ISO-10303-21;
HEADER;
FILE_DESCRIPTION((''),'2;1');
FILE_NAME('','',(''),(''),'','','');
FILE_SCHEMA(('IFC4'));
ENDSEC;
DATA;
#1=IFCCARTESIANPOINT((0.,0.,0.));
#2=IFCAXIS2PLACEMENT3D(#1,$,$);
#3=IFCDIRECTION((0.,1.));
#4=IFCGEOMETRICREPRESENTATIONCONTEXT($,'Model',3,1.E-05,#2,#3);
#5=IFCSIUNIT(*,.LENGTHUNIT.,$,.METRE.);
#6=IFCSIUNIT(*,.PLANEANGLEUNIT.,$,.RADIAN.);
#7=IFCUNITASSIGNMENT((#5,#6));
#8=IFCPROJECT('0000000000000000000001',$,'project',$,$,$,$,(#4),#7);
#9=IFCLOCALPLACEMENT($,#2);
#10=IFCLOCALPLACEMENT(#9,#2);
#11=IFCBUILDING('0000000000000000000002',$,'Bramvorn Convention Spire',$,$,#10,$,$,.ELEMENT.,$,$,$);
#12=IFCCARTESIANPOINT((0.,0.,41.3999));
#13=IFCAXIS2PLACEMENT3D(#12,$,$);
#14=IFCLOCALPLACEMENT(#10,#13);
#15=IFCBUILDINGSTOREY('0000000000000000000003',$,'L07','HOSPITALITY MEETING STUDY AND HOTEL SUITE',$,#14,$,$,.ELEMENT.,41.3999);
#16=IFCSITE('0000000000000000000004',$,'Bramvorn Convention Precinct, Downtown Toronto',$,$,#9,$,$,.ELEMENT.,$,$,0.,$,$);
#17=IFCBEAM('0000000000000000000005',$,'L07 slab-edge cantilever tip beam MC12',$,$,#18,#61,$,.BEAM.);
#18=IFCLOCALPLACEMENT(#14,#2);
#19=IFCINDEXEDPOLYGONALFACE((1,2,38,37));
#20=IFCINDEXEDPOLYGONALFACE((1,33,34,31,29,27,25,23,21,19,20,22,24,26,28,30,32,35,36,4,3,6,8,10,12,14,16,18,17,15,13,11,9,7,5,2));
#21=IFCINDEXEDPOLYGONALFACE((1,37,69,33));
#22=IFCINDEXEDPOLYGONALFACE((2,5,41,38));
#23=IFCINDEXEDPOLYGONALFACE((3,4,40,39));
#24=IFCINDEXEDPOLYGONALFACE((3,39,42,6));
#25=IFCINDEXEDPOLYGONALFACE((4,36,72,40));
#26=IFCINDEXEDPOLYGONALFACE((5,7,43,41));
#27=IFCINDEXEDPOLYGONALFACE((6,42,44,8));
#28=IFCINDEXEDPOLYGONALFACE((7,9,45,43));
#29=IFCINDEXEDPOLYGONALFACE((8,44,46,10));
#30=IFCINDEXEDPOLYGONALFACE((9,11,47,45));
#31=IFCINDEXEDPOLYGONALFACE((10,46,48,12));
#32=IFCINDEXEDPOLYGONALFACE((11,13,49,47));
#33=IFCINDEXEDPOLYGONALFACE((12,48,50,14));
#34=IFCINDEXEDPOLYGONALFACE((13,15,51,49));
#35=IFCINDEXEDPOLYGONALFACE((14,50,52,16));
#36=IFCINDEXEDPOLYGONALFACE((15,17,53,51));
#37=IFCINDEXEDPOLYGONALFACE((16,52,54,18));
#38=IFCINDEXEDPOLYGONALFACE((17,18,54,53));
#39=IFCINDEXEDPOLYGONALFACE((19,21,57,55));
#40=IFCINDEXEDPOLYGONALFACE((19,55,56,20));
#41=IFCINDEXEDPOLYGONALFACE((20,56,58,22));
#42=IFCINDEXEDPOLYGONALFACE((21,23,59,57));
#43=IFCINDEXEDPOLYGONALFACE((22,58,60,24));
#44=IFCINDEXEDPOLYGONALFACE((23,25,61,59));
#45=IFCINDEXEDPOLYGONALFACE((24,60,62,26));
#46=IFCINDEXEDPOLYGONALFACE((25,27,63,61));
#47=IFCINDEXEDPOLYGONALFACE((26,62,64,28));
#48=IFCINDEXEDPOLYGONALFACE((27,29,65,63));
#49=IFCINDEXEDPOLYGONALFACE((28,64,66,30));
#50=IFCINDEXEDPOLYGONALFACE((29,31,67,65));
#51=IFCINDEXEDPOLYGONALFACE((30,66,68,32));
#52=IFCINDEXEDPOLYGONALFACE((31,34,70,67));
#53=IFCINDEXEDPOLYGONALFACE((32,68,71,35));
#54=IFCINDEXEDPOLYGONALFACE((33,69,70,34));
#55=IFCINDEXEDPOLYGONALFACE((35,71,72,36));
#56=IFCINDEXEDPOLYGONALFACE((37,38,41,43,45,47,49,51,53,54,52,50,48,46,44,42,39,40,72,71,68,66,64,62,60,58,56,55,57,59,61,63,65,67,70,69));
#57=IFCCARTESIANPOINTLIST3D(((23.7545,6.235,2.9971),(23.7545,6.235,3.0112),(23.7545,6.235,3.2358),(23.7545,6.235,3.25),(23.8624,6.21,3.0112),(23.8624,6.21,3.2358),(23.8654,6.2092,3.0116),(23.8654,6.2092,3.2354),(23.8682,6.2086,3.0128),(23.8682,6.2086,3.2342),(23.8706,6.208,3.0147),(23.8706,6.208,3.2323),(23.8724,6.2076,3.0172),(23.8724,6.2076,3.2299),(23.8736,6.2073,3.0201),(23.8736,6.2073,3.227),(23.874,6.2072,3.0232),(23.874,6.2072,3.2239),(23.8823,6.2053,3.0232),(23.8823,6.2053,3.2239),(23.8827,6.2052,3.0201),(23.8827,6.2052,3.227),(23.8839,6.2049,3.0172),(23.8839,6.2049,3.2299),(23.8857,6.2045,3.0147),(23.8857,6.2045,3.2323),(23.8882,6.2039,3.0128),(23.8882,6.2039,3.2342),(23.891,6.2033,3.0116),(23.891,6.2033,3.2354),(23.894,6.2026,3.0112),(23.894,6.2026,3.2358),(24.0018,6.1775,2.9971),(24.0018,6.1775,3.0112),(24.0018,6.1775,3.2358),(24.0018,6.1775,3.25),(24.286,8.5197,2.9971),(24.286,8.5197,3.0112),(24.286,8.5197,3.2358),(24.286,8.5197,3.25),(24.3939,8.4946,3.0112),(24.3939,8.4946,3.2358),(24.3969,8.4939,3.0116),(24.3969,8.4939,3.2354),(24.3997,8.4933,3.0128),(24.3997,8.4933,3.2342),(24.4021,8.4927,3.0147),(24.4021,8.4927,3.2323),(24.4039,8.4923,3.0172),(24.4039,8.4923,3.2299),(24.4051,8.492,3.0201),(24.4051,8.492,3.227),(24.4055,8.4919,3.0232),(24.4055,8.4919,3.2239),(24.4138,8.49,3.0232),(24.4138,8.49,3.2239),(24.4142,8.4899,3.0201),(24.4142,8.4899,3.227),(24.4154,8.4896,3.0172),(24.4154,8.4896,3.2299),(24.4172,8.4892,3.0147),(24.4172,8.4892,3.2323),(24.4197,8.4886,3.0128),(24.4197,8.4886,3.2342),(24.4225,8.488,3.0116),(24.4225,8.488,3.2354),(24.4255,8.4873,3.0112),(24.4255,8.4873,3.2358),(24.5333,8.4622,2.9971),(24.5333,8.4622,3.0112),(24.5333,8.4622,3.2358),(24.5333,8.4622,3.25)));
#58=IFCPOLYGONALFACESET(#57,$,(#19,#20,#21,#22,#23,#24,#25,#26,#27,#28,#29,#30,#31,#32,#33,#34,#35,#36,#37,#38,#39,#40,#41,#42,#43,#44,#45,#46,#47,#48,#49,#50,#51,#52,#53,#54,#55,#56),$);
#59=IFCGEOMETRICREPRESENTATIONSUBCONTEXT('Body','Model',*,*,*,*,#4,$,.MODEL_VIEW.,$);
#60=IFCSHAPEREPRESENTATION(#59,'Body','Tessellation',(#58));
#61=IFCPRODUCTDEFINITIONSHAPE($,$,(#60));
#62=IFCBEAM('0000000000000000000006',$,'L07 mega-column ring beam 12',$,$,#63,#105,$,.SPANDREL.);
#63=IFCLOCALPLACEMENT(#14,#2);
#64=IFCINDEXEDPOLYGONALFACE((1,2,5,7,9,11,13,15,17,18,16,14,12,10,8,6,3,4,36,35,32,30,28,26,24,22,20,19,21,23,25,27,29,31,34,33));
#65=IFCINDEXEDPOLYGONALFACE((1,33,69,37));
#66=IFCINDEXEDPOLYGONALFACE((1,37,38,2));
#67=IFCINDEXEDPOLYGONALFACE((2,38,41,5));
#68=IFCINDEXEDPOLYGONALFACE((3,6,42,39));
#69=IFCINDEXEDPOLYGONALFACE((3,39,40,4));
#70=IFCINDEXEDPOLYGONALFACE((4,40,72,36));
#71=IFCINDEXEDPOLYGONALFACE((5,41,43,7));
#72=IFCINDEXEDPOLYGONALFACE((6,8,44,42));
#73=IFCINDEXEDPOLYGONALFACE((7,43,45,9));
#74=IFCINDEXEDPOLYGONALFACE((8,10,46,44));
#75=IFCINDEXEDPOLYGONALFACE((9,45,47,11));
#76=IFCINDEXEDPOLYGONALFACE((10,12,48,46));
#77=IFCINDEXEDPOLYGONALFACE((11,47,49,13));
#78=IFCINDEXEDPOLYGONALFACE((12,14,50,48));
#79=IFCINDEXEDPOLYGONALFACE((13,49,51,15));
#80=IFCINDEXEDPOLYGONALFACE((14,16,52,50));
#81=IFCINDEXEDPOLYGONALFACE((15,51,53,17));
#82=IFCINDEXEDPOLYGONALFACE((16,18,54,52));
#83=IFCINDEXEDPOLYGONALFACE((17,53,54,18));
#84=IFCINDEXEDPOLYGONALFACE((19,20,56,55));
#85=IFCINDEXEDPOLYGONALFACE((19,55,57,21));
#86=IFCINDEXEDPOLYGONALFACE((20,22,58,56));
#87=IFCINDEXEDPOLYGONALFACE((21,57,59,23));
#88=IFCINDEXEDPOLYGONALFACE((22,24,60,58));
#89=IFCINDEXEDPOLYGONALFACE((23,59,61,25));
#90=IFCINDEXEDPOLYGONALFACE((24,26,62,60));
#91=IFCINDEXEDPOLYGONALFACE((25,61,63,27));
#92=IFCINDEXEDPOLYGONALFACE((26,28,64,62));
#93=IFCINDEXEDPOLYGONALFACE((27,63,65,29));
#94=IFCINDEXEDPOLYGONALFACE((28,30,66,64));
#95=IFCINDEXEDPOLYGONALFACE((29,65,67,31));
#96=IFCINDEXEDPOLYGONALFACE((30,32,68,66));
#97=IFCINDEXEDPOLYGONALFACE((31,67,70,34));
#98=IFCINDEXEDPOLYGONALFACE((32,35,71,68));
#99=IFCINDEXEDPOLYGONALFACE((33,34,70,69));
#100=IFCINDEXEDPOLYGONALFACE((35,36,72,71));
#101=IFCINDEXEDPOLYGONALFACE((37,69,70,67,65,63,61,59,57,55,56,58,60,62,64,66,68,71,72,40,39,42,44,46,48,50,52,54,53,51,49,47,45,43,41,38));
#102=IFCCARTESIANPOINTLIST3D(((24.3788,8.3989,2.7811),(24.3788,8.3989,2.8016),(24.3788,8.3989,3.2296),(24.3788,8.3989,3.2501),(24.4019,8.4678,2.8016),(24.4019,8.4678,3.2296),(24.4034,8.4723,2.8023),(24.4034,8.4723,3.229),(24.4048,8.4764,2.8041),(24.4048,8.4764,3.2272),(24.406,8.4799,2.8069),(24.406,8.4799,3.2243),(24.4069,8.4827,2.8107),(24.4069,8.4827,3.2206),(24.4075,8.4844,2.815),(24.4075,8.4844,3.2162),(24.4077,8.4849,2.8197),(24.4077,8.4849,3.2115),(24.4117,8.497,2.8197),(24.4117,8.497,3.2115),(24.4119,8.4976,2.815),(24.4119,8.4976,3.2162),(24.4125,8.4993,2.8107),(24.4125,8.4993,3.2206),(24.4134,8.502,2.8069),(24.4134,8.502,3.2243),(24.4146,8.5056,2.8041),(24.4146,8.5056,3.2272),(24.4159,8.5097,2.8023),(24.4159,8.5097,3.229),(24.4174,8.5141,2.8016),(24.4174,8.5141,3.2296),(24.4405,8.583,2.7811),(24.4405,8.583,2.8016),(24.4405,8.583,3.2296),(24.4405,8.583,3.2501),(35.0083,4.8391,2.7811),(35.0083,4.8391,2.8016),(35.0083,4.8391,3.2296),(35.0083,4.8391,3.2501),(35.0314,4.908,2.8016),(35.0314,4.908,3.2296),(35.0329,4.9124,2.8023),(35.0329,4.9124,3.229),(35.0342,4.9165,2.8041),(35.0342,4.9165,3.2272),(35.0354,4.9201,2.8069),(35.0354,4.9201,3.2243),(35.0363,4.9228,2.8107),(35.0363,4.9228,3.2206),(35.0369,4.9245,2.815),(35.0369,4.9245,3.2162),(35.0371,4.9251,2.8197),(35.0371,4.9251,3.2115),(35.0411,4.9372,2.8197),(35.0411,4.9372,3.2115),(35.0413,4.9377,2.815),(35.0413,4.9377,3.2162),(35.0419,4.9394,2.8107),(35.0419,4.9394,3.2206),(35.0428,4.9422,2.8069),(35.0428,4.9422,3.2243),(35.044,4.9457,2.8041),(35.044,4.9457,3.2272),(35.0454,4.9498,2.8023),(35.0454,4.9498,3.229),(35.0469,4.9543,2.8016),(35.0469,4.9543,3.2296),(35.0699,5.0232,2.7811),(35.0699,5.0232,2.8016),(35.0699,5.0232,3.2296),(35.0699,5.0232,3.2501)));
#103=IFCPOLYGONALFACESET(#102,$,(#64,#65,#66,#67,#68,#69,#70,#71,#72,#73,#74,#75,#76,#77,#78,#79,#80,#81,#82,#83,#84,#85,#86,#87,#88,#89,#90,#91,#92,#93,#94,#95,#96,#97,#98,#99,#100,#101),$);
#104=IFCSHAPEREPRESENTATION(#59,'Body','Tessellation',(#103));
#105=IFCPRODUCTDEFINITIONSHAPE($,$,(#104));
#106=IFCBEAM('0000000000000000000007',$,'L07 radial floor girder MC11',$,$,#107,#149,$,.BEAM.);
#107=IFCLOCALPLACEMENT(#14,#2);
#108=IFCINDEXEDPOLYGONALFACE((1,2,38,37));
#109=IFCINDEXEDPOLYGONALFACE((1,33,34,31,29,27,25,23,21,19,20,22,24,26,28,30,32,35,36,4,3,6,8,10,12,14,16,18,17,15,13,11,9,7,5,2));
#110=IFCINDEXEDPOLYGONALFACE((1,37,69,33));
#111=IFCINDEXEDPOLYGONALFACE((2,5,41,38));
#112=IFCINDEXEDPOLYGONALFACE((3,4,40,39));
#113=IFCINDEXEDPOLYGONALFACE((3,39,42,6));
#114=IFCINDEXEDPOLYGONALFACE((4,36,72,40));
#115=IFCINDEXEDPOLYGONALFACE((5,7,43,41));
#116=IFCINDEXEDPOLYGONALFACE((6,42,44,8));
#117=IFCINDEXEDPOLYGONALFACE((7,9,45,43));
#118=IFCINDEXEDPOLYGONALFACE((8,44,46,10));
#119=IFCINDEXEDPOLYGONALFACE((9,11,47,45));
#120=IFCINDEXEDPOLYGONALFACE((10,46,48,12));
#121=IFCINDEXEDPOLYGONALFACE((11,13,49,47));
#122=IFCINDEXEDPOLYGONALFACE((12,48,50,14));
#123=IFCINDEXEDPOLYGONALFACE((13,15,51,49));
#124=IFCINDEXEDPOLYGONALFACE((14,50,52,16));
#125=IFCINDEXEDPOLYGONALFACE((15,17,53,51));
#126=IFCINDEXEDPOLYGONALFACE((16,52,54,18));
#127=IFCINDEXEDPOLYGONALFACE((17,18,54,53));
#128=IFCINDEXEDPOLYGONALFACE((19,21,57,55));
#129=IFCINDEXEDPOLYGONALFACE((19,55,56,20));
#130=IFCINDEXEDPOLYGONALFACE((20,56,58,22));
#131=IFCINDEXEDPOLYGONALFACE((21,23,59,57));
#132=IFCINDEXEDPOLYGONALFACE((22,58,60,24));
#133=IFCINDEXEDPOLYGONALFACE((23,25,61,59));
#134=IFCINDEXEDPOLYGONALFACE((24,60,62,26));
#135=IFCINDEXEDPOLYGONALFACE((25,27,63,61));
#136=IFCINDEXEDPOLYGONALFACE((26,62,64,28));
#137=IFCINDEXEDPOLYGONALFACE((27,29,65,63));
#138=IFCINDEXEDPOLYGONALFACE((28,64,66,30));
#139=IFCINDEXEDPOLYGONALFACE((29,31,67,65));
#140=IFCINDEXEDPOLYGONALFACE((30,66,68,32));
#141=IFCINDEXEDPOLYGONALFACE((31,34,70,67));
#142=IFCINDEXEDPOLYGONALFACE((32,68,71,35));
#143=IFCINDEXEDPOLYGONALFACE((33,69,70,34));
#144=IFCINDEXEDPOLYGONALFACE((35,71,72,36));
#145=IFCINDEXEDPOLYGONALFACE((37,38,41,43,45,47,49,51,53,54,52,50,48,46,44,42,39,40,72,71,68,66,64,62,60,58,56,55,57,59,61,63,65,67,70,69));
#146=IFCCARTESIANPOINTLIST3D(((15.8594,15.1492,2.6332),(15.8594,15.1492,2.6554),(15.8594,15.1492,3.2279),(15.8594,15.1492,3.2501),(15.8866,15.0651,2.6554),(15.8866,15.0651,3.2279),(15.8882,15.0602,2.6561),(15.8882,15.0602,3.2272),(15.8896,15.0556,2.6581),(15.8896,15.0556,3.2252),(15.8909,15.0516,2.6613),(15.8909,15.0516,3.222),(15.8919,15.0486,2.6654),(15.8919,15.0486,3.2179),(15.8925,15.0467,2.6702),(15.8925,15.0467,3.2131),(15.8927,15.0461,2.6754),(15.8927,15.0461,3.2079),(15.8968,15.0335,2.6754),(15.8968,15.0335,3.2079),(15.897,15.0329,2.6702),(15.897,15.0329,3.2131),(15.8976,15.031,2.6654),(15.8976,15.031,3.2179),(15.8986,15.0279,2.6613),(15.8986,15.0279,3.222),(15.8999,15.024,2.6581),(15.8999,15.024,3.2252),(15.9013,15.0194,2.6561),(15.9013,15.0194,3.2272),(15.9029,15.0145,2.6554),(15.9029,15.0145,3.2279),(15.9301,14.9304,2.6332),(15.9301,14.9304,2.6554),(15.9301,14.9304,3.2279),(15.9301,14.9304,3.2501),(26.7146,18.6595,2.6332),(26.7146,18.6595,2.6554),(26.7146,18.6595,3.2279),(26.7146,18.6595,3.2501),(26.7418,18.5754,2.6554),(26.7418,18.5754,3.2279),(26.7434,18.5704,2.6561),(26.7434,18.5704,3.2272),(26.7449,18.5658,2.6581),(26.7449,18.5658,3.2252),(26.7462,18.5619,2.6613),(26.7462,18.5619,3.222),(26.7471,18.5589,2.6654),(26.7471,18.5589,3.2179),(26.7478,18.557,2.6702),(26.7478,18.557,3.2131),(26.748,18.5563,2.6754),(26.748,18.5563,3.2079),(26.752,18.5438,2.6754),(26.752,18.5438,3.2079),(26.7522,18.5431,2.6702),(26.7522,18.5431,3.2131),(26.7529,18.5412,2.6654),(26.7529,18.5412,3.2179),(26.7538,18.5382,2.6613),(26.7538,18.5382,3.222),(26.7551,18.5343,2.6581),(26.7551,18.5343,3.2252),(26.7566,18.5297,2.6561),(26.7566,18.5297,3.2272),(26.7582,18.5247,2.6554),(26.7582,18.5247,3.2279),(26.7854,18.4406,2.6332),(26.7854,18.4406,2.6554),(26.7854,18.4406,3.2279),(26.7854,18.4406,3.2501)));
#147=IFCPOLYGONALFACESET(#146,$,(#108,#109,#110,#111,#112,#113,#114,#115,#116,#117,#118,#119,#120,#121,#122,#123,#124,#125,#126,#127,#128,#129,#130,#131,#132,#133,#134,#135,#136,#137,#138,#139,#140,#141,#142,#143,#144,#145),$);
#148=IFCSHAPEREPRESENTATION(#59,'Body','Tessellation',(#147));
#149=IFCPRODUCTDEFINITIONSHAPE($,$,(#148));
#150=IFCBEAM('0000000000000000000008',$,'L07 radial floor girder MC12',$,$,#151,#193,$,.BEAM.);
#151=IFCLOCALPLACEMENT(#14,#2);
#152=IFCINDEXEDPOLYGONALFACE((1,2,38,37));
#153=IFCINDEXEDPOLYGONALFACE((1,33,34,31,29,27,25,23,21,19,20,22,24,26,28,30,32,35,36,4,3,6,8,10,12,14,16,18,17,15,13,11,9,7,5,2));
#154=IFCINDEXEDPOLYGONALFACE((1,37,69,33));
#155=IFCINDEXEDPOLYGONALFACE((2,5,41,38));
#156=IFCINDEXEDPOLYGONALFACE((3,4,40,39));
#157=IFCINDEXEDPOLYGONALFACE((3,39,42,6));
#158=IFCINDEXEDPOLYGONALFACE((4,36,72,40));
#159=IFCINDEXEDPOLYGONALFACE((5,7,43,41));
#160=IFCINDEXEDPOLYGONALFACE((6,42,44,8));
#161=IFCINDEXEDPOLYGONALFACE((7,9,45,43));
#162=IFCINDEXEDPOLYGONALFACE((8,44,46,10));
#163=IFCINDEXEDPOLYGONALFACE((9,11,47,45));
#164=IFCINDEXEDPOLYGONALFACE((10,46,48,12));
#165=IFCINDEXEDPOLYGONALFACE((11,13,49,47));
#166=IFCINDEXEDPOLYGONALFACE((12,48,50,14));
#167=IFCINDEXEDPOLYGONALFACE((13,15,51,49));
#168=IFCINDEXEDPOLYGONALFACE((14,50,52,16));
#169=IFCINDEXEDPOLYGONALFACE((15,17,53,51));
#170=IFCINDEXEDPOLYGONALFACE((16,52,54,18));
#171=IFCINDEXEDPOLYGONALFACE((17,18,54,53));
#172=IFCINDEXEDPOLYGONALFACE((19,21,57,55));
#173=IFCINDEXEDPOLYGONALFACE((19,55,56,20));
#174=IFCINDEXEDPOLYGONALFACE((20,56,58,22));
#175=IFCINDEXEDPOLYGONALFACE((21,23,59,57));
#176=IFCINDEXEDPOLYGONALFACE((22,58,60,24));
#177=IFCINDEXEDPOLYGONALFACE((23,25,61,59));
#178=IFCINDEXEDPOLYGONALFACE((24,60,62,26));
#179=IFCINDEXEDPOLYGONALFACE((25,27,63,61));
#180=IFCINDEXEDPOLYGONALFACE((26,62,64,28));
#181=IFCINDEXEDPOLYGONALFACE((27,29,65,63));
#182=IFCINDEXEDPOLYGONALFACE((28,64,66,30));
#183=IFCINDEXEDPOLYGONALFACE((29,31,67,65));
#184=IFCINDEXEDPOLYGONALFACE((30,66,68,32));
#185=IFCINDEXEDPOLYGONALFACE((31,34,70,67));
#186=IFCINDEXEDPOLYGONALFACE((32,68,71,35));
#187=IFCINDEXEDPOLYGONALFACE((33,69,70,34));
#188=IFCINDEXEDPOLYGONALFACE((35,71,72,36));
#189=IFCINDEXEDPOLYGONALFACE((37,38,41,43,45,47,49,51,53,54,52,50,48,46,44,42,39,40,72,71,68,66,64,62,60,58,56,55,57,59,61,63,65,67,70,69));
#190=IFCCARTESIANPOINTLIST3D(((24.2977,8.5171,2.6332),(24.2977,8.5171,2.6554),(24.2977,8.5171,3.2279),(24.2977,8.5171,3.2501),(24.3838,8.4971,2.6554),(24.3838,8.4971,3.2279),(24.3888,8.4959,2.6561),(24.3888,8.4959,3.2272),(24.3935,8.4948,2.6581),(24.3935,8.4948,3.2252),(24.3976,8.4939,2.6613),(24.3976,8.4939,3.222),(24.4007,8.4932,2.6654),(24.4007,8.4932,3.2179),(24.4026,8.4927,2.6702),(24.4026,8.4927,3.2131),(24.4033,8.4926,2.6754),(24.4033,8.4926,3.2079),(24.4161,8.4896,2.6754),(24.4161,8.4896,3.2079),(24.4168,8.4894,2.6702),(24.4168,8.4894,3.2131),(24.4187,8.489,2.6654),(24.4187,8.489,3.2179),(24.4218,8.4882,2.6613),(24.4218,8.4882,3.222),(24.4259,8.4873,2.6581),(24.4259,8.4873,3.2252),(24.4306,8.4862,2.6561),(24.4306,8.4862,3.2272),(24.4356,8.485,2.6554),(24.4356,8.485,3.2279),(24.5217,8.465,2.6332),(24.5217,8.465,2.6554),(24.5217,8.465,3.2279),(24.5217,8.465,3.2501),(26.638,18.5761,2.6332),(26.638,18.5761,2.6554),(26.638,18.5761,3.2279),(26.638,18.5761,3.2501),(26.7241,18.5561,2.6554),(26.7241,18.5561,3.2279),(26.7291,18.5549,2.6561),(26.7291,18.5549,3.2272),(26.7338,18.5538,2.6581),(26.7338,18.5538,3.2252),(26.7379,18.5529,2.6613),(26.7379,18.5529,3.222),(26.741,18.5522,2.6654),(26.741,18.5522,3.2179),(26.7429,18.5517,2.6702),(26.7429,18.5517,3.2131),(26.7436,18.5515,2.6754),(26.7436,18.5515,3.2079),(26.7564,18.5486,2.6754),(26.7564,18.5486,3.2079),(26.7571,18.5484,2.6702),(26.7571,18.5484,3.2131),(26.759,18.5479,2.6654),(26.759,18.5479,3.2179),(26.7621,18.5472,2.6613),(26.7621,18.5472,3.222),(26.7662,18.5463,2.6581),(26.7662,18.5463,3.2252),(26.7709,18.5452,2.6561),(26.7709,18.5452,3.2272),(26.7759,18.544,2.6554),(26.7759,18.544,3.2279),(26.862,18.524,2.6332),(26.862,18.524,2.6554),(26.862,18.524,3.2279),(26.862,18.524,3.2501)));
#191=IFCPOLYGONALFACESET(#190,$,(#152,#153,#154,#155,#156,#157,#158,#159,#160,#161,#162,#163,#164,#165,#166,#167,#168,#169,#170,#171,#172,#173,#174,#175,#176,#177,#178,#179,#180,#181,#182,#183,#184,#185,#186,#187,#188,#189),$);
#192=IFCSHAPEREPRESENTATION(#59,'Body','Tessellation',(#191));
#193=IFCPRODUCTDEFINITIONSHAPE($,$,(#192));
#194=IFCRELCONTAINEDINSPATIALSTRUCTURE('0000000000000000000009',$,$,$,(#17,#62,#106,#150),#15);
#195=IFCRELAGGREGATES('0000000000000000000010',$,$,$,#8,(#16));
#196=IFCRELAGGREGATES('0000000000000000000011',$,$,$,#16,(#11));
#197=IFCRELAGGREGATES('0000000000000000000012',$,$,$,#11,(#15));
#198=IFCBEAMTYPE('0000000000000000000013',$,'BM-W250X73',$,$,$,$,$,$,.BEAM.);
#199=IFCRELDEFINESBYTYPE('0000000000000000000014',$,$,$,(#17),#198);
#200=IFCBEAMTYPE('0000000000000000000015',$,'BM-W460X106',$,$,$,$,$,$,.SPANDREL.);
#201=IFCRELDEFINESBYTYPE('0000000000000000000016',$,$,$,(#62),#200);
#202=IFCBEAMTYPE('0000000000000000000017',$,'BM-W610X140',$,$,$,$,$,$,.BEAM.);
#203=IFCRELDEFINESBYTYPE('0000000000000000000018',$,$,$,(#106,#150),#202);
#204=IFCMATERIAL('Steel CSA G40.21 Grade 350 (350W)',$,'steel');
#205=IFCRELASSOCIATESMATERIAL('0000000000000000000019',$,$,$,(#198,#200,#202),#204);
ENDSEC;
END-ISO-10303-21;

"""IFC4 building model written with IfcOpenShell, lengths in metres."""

from ifc_helpers import new_model, si_unit, direction, frame, origin, origin_2d, place, context, subcontext, project, spatial, i_section, extrude, material, material_profile, profile_set, type_object, element, save


model = new_model("IFC4")

# Units and contexts
model_context = context("Model", 3, precision=1e-05, world=origin(), true_north=direction((0.0, 1.0)))
body_context = subcontext(model_context, "Body", "Model", "MODEL_VIEW")
ifc_project = project(units=[si_unit("LENGTHUNIT", "METRE"), si_unit("PLANEANGLEUNIT", "RADIAN")], contexts=[model_context])

# Site, building, storey
site_placement = place(None, origin())
site = spatial("IfcSite", under=ifc_project, at=site_placement, Name="Bramvorn Convention Precinct, Downtown Toronto", CompositionType="ELEMENT", RefElevation=0.0)
building_placement = place(site_placement, origin())
building = spatial("IfcBuilding", under=site, at=building_placement, Name="Bramvorn Convention Spire", CompositionType="ELEMENT")
storey_placement = place(building_placement, frame((0.0, 0.0, 41.3999)))
storey = spatial("IfcBuildingStorey", under=building, at=storey_placement, Name="L07", Description="HOSPITALITY MEETING STUDY AND HOTEL SUITE", CompositionType="ELEMENT", Elevation=41.3999)

# Shared definitions
ifc_material_1 = material(Name="Steel CSA G40.21 Grade 350 (350W)", Category="steel")

# Beams
ifc_material_profile_1 = material_profile(ifc_material_1, i_section(OverallWidth=0.2539, OverallDepth=0.2529, WebThickness=0.0085, FlangeThickness=0.0142, FilletRadius=0.012, at=origin_2d()))
ifc_profile_set_1 = profile_set([ifc_material_profile_1], Name="Steel CSA G40.21 Grade 350 (350W) - W250X73")
beam_type_1 = type_object("IfcBeamType", Name="BM-W250X73", PredefinedType="BEAM", material=ifc_profile_set_1)
beam_1_placement = place(storey_placement, frame((24.4097, 8.491, 3.1235), z_axis=(-0.226585, -0.973991, 0.0), x_axis=(0.973991, -0.226585, 0.0)))
element("IfcBeam", 1, at=beam_1_placement, inside=storey, type_object=beam_type_1, Name="L07 slab-edge cantilever tip beam MC12", PredefinedType="BEAM", context=body_context, shape_type="SweptSolid", body=[
    extrude(i_section(OverallWidth=0.2539, OverallDepth=0.2529, WebThickness=0.0085, FlangeThickness=0.0142, FilletRadius=0.012, at=origin_2d()), origin(), (0.0, 0.0, 1.0), 2.3457),
])
ifc_material_profile_2 = material_profile(ifc_material_1, i_section(OverallWidth=0.1941, OverallDepth=0.469, WebThickness=0.0127, FlangeThickness=0.0205, FilletRadius=0.0181, at=origin_2d()))
ifc_profile_set_2 = profile_set([ifc_material_profile_2], Name="Steel CSA G40.21 Grade 350 (350W) - W460X106")
beam_type_2 = type_object("IfcBeamType", Name="BM-W460X106", PredefinedType="SPANDREL", material=ifc_profile_set_2)
beam_2_placement = place(storey_placement, frame((24.4097, 8.491, 3.0156), z_axis=(0.948236, -0.317567, 0.0), x_axis=(0.317567, 0.948236, 0.0)))
element("IfcBeam", 2, at=beam_2_placement, inside=storey, type_object=beam_type_2, Name="L07 mega-column ring beam 12", PredefinedType="SPANDREL", context=body_context, shape_type="SweptSolid", body=[
    extrude(i_section(OverallWidth=0.1941, OverallDepth=0.469, WebThickness=0.0127, FlangeThickness=0.0205, FilletRadius=0.0181, at=origin_2d()), origin(), (0.0, 0.0, 1.0), 11.2097),
])
ifc_material_profile_3 = material_profile(ifc_material_1, i_section(OverallWidth=0.23, OverallDepth=0.6169, WebThickness=0.0132, FlangeThickness=0.0222, FilletRadius=0.02, at=origin_2d()))
ifc_profile_set_3 = profile_set([ifc_material_profile_3], Name="Steel CSA G40.21 Grade 350 (350W) - W610X140")
beam_type_3 = type_object("IfcBeamType", Name="BM-W610X140", PredefinedType="BEAM", material=ifc_profile_set_3)
beam_3_placement = place(storey_placement, frame((26.75, 18.55, 2.9417), z_axis=(-0.951489, -0.307683, 0.0), x_axis=(0.307683, -0.951489, 0.0)))
element("IfcBeam", 3, at=beam_3_placement, inside=storey, type_object=beam_type_3, Name="L07 radial floor girder MC11", PredefinedType="BEAM", context=body_context, shape_type="SweptSolid", body=[
    extrude(i_section(OverallWidth=0.23, OverallDepth=0.6169, WebThickness=0.0132, FlangeThickness=0.0222, FilletRadius=0.02, at=origin_2d()), origin(), (0.0, 0.0, 1.0), 11.4087),
])
beam_4_placement = place(storey_placement, frame((26.75, 18.55, 2.9417), z_axis=(-0.226606, -0.973986, 0.0), x_axis=(0.973986, -0.226606, 0.0)))
element("IfcBeam", 4, at=beam_4_placement, inside=storey, type_object=beam_type_3, Name="L07 radial floor girder MC12", PredefinedType="BEAM", context=body_context, shape_type="SweptSolid", body=[
    extrude(i_section(OverallWidth=0.23, OverallDepth=0.6169, WebThickness=0.0132, FlangeThickness=0.0222, FilletRadius=0.02, at=origin_2d()), origin(), (0.0, 0.0, 1.0), 10.3276),
])

save(model, "model.ifc")
